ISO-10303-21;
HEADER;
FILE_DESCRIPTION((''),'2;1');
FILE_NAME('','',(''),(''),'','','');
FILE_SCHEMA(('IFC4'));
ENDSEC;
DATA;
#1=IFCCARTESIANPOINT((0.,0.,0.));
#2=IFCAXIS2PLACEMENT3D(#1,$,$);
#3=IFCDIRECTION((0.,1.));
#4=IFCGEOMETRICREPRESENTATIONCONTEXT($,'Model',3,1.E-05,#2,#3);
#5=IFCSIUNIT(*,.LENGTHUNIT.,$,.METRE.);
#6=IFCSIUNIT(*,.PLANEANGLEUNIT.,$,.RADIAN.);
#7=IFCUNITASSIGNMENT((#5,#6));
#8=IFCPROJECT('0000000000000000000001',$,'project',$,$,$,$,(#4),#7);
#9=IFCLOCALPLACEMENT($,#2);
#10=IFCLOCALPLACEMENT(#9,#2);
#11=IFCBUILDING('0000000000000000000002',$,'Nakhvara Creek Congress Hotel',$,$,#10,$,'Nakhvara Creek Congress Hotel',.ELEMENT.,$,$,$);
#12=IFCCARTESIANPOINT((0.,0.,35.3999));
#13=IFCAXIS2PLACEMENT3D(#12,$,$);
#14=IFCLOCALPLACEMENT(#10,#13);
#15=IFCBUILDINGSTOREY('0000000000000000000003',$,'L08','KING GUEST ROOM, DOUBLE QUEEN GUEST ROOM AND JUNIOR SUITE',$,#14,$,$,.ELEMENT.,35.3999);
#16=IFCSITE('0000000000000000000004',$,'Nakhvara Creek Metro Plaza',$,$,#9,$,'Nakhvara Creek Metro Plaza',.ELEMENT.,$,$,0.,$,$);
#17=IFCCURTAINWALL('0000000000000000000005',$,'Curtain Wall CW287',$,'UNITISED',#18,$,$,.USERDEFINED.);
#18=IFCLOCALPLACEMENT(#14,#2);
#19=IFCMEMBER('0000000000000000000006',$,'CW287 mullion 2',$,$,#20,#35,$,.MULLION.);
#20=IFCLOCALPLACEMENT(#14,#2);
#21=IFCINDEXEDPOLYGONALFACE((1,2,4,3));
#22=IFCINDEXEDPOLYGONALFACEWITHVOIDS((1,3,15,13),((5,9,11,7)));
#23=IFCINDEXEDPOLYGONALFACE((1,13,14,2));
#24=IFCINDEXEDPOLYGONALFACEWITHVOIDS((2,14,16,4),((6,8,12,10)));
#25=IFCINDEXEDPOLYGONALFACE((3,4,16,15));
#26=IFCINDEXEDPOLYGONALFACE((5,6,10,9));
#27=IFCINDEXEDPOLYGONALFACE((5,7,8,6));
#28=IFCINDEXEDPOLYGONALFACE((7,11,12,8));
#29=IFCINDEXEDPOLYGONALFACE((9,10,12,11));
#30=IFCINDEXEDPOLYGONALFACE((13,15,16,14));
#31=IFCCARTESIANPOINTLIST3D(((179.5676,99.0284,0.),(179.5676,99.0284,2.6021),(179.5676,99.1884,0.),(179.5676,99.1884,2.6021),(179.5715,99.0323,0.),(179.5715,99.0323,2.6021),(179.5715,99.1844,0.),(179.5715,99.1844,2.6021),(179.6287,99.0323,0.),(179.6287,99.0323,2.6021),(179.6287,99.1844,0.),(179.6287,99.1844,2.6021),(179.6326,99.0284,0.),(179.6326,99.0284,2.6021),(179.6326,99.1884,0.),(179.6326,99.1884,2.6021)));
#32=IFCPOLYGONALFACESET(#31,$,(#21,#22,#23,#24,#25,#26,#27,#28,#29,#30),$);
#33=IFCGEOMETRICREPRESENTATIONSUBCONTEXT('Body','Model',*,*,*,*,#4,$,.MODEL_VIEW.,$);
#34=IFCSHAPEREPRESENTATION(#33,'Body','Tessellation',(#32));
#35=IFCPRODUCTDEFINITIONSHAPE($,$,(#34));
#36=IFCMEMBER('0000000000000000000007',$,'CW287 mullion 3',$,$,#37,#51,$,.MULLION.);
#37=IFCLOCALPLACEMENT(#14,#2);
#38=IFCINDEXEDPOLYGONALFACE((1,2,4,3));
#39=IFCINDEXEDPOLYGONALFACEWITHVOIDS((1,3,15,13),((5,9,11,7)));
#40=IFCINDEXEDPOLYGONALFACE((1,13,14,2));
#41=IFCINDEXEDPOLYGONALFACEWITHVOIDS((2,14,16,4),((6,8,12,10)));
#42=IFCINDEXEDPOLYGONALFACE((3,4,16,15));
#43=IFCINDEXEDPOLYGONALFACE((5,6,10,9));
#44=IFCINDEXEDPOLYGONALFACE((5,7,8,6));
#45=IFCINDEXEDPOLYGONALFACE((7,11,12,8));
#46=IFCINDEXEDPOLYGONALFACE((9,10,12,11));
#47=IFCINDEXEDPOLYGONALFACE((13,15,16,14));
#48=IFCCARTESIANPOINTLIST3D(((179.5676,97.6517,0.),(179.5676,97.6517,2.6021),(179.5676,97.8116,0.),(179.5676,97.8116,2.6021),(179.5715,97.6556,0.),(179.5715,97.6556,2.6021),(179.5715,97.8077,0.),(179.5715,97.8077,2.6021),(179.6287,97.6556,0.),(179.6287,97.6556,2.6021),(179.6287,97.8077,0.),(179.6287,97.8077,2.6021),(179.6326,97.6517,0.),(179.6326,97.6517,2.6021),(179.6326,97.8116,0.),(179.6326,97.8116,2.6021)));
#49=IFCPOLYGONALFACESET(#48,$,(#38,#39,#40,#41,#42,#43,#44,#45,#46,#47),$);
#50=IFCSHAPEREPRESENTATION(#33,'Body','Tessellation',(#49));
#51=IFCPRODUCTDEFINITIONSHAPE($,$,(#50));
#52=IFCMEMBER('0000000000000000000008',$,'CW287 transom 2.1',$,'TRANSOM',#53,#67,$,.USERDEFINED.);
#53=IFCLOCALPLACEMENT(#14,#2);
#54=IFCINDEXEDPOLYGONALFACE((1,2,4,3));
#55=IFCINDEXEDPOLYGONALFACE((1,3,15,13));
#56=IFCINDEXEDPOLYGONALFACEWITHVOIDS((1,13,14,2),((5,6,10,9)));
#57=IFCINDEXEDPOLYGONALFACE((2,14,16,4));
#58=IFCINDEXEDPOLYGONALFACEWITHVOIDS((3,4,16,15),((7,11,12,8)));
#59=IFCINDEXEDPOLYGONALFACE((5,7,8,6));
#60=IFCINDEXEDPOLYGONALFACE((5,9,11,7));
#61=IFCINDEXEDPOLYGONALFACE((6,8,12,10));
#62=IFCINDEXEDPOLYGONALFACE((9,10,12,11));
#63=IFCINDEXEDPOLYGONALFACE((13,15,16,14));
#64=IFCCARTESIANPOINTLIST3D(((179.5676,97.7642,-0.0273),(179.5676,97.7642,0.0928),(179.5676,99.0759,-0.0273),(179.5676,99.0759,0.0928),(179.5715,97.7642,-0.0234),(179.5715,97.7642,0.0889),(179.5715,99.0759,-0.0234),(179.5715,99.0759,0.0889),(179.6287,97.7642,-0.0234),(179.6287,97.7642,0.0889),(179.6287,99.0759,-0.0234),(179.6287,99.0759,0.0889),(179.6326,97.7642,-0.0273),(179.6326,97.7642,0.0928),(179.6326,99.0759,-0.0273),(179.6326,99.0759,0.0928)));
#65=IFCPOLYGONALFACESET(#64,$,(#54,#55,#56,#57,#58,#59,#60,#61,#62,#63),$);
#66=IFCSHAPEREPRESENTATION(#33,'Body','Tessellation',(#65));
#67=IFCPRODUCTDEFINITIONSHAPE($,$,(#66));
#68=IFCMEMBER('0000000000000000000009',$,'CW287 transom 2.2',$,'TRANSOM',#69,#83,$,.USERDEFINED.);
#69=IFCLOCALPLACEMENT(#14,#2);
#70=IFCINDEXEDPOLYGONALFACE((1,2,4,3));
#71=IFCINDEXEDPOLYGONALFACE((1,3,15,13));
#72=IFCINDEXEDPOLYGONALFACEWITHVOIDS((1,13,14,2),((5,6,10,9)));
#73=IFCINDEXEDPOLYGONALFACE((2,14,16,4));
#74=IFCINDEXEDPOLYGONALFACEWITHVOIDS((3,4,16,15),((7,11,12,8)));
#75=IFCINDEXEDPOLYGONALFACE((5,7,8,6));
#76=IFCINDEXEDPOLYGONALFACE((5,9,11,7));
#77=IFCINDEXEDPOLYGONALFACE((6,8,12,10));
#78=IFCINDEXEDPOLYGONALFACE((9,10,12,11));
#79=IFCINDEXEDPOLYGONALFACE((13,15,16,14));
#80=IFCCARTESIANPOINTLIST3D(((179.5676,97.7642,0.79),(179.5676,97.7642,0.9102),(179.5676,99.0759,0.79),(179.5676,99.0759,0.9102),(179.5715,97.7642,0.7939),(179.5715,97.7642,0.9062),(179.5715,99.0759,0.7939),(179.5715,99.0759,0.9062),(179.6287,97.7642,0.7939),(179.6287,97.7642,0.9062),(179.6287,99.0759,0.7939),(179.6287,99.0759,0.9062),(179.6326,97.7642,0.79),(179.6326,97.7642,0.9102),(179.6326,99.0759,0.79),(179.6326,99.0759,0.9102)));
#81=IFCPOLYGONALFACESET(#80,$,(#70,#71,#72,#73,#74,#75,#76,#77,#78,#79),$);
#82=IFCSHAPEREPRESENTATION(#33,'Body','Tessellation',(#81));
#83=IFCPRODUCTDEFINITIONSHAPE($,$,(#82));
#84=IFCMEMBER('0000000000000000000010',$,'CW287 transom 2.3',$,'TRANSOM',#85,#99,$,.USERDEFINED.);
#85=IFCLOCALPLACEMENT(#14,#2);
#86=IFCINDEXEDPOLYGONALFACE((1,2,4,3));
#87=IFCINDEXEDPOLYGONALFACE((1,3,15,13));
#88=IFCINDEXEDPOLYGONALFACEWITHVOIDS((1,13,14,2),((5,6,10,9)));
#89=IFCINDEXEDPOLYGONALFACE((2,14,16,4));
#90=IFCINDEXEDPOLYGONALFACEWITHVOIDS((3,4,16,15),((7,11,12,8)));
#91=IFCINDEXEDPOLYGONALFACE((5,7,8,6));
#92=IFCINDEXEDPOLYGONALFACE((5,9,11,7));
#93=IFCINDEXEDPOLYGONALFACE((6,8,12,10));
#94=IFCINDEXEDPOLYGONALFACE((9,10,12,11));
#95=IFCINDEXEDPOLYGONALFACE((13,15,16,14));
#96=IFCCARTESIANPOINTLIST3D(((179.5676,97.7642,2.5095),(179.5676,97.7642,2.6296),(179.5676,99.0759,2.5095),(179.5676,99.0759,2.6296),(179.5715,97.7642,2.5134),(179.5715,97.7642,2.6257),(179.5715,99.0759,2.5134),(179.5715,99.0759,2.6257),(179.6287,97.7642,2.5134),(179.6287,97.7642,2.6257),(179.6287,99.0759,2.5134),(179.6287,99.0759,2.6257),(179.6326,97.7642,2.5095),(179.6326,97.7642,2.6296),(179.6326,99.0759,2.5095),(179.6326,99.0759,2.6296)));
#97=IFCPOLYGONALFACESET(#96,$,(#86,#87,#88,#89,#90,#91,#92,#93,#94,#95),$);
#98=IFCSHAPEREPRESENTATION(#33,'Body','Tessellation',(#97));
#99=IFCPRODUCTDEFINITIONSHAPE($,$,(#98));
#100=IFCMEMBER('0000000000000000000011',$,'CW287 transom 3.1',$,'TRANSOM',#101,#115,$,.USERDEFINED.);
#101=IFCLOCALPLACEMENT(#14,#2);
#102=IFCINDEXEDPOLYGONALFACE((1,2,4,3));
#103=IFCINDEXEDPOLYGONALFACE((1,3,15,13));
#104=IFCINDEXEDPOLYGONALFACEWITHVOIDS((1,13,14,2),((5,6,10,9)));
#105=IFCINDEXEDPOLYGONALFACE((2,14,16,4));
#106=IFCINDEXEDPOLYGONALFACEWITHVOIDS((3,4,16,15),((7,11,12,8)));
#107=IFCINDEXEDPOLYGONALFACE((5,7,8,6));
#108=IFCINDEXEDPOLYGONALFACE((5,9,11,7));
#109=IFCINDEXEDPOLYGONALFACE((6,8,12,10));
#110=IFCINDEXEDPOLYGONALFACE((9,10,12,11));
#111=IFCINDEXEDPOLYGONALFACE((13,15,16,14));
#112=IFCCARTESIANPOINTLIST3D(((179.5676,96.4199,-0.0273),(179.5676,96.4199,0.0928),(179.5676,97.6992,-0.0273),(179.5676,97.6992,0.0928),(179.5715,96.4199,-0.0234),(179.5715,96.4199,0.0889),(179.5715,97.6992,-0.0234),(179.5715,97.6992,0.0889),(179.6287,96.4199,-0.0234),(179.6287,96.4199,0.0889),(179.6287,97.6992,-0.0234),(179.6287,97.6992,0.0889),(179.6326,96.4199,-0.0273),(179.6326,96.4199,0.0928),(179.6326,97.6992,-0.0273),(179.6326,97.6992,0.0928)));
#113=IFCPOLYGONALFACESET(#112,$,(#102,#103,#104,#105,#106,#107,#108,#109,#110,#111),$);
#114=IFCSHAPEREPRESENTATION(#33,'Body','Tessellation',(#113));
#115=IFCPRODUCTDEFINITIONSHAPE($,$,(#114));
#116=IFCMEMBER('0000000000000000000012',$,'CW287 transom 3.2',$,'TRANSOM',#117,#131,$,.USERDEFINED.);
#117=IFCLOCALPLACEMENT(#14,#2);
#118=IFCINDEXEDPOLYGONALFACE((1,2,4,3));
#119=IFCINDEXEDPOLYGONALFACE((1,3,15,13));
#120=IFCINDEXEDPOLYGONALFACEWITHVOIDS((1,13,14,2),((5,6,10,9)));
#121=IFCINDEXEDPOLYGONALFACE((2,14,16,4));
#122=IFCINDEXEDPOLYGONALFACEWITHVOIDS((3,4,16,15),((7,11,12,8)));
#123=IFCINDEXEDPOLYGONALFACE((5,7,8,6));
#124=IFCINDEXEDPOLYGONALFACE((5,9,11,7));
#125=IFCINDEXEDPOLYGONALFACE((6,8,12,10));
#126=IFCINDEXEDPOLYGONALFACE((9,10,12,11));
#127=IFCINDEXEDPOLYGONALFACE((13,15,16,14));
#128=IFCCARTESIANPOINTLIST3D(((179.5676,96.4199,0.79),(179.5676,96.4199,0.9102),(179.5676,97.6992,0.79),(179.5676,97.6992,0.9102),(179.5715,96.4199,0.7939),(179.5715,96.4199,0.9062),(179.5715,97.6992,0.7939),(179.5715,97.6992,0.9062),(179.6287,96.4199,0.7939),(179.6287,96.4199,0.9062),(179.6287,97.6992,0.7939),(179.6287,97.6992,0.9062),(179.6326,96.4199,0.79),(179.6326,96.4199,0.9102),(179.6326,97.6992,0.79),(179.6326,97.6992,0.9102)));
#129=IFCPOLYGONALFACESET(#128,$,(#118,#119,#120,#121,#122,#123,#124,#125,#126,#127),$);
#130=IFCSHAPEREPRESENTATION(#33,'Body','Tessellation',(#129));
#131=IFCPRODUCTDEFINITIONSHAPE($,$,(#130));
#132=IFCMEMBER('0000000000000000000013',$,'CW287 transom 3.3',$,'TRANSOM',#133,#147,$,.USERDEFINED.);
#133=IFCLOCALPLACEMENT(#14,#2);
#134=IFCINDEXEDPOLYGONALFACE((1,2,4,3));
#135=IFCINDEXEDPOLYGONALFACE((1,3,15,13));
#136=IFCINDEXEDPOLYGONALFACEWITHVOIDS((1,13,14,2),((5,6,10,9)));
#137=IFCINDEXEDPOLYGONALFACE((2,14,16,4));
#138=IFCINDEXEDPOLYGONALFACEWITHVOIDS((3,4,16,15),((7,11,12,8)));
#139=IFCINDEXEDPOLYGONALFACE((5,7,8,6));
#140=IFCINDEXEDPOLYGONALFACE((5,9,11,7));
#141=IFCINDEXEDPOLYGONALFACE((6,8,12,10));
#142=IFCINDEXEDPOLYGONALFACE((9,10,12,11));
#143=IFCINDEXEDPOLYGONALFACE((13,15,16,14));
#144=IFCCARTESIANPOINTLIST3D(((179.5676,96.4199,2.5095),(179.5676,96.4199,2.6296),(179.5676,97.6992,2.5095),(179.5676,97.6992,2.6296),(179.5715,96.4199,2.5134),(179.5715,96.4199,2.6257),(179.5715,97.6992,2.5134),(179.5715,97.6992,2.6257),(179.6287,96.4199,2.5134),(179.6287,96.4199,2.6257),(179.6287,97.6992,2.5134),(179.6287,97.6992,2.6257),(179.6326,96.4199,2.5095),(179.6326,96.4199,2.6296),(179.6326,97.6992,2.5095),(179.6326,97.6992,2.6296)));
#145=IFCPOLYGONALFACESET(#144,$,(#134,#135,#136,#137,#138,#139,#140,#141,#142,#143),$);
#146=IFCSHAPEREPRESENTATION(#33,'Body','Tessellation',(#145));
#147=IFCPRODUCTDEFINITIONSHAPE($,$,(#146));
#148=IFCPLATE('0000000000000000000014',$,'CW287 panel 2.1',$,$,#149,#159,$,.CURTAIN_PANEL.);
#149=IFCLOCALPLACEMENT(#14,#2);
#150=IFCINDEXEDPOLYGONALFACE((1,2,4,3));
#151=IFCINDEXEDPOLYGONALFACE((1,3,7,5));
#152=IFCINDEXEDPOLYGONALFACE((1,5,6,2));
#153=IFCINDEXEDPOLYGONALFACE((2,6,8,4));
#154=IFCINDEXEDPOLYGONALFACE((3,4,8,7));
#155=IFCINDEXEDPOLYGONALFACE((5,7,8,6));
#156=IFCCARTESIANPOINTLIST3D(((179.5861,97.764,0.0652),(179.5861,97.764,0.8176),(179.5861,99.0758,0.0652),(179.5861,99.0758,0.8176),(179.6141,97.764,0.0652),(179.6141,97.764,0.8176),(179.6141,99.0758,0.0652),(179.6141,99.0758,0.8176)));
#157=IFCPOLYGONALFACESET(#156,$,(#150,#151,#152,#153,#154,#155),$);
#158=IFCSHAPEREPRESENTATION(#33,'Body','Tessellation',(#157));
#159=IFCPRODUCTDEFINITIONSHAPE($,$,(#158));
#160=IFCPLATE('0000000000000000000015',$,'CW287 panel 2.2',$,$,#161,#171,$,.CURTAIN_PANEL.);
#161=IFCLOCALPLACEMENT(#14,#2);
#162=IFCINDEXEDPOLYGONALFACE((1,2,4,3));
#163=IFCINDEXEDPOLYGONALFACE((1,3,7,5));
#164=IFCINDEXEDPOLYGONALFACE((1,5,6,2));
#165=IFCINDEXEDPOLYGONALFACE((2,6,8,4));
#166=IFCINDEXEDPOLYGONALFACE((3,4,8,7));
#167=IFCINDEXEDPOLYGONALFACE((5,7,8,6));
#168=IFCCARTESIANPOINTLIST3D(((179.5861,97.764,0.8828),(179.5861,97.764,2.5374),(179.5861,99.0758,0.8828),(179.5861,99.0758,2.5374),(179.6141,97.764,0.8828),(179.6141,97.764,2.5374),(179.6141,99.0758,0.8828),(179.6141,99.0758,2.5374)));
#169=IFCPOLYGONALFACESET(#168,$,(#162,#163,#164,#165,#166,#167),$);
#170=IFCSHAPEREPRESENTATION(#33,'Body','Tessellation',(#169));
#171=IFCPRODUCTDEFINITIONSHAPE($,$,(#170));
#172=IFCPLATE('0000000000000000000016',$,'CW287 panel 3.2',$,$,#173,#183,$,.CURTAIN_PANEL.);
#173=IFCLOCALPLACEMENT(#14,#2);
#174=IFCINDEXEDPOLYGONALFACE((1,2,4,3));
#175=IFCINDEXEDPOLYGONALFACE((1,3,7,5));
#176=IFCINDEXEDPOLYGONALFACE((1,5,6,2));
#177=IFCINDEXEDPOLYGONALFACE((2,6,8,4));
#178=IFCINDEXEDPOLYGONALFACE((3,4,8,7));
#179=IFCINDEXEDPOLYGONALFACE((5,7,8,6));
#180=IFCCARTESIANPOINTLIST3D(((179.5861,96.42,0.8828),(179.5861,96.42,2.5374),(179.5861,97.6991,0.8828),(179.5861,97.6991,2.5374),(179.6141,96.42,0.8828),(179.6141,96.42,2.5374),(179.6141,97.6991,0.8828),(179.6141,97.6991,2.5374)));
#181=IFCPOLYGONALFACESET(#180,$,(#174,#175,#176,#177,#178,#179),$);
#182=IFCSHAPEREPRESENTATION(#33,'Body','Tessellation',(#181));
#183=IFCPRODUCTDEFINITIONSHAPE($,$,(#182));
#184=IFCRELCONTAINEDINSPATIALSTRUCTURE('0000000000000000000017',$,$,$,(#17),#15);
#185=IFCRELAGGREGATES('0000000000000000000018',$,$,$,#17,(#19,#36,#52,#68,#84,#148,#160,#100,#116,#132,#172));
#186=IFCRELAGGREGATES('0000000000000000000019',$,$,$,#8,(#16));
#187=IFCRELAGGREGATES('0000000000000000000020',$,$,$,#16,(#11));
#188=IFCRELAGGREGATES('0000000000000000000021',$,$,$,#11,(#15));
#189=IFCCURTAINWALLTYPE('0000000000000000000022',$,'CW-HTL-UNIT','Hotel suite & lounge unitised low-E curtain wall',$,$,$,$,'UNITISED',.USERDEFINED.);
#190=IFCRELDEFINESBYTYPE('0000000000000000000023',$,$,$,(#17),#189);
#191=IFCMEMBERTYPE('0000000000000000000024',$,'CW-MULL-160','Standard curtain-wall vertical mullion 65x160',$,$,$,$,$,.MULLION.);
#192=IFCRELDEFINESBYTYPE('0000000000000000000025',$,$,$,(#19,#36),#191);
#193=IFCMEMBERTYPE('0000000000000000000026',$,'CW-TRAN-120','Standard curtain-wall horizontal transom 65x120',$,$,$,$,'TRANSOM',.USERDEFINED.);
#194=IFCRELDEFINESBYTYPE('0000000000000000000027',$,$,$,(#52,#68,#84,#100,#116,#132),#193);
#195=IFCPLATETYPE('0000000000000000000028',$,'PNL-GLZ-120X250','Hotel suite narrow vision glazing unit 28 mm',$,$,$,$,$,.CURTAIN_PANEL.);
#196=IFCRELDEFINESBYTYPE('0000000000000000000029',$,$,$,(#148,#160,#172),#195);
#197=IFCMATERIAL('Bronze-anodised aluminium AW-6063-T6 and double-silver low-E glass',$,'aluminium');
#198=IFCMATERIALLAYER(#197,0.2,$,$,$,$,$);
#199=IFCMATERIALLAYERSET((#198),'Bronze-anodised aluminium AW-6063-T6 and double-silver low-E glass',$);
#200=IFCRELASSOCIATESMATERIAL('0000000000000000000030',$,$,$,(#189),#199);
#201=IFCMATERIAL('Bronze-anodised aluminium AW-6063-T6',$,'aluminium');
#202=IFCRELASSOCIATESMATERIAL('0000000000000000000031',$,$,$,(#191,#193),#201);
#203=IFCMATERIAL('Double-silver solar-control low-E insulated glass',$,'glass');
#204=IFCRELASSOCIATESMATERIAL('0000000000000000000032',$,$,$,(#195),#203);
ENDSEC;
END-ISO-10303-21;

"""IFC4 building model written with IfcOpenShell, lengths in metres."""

from ifc_helpers import new_model, si_unit, direction, frame, origin, origin_2d, place, context, subcontext, project, spatial, rectangle, hollow_rectangle, extrude, material, layer, layer_set, material_profile, profile_set, type_object, element, aggregate, save


model = new_model("IFC4")

# Units and contexts
model_context = context("Model", 3, precision=1e-05, world=origin(), true_north=direction((0.0, 1.0)))
body_context = subcontext(model_context, "Body", "Model", "MODEL_VIEW")
ifc_project = project(units=[si_unit("LENGTHUNIT", "METRE"), si_unit("PLANEANGLEUNIT", "RADIAN")], contexts=[model_context])

# Site, building, storey
site_placement = place(None, origin())
site = spatial("IfcSite", under=ifc_project, at=site_placement, Name="Nakhvara Creek Metro Plaza", LongName="Nakhvara Creek Metro Plaza", CompositionType="ELEMENT", RefElevation=0.0)
building_placement = place(site_placement, origin())
building = spatial("IfcBuilding", under=site, at=building_placement, Name="Nakhvara Creek Congress Hotel", LongName="Nakhvara Creek Congress Hotel", CompositionType="ELEMENT")
storey_placement = place(building_placement, frame((0.0, 0.0, 35.3999)))
storey = spatial("IfcBuildingStorey", under=building, at=storey_placement, Name="L08", Description="KING GUEST ROOM, DOUBLE QUEEN GUEST ROOM AND JUNIOR SUITE", CompositionType="ELEMENT", Elevation=35.3999)

# Curtain wall, members, plates
ifc_material_1 = material(Name="Bronze-anodised aluminium AW-6063-T6 and double-silver low-E glass", Category="aluminium")
ifc_layer_1 = layer(ifc_material_1, 0.2)
ifc_layer_set_1 = layer_set([ifc_layer_1], Name="Bronze-anodised aluminium AW-6063-T6 and double-silver low-E glass")
curtain_wall_type = type_object("IfcCurtainWallType", Name="CW-HTL-UNIT", Description="Hotel suite & lounge unitised low-E curtain wall", ElementType="UNITISED", PredefinedType="USERDEFINED", material=ifc_layer_set_1)
curtain_wall_placement = place(storey_placement, origin())
curtain_wall = element("IfcCurtainWall", 1, at=curtain_wall_placement, inside=storey, type_object=curtain_wall_type, Name="Curtain Wall CW287", ObjectType="UNITISED", PredefinedType="USERDEFINED")
ifc_material_2 = material(Name="Bronze-anodised aluminium AW-6063-T6", Category="aluminium")
ifc_material_profile_1 = material_profile(ifc_material_2, hollow_rectangle(XDim=0.0649, YDim=0.1599, WallThickness=0.0039, at=origin_2d()), Name="ALU-MULL 65x160x4", Category="LoadBearing")
ifc_profile_set_1 = profile_set([ifc_material_profile_1], Name="Bronze-anodised aluminium AW-6063-T6")
member_type_1 = type_object("IfcMemberType", Name="CW-MULL-160", Description="Standard curtain-wall vertical mullion 65x160", PredefinedType="MULLION", material=ifc_profile_set_1)
member_1_placement = place(storey_placement, frame((179.6001, 99.1084, 0.0), z_axis=(0.0, 0.0, 1.0), x_axis=(1.0, 0.0, 0.0)))
member_1 = element("IfcMember", 2, at=member_1_placement, type_object=member_type_1, Name="CW287 mullion 2", PredefinedType="MULLION", context=body_context, shape_type="SweptSolid", body=[
    extrude(hollow_rectangle(XDim=0.0649, YDim=0.1599, WallThickness=0.0039, at=origin_2d()), origin(), (0.0, 0.0, 1.0), 2.6021),
])
member_2_placement = place(storey_placement, frame((179.6001, 97.7317, 0.0), z_axis=(0.0, 0.0, 1.0), x_axis=(1.0, 0.0, 0.0)))
member_2 = element("IfcMember", 3, at=member_2_placement, type_object=member_type_1, Name="CW287 mullion 3", PredefinedType="MULLION", context=body_context, shape_type="SweptSolid", body=[
    extrude(hollow_rectangle(XDim=0.0649, YDim=0.1599, WallThickness=0.0039, at=origin_2d()), origin(), (0.0, 0.0, 1.0), 2.6021),
])
ifc_material_profile_2 = material_profile(ifc_material_2, hollow_rectangle(XDim=0.0649, YDim=0.1201, WallThickness=0.0039, at=origin_2d()), Name="ALU-TRAN 65x120x4", Category="LoadBearing")
ifc_profile_set_2 = profile_set([ifc_material_profile_2], Name="Bronze-anodised aluminium AW-6063-T6")
member_type_2 = type_object("IfcMemberType", Name="CW-TRAN-120", Description="Standard curtain-wall horizontal transom 65x120", ElementType="TRANSOM", PredefinedType="USERDEFINED", material=ifc_profile_set_2)
member_3_placement = place(storey_placement, frame((179.6001, 99.0759, 0.0327), z_axis=(0.0, -1.0, 0.0), x_axis=(1.0, 0.0, 0.0)))
member_3 = element("IfcMember", 4, at=member_3_placement, type_object=member_type_2, Name="CW287 transom 2.1", ObjectType="TRANSOM", PredefinedType="USERDEFINED", context=body_context, shape_type="SweptSolid", body=[
    extrude(hollow_rectangle(XDim=0.0649, YDim=0.1201, WallThickness=0.0039, at=origin_2d()), origin(), (0.0, 0.0, 1.0), 1.3118),
])
member_4_placement = place(storey_placement, frame((179.6001, 99.0759, 0.8501), z_axis=(0.0, -1.0, 0.0), x_axis=(1.0, 0.0, 0.0)))
member_4 = element("IfcMember", 5, at=member_4_placement, type_object=member_type_2, Name="CW287 transom 2.2", ObjectType="TRANSOM", PredefinedType="USERDEFINED", context=body_context, shape_type="SweptSolid", body=[
    extrude(hollow_rectangle(XDim=0.0649, YDim=0.1201, WallThickness=0.0039, at=origin_2d()), origin(), (0.0, 0.0, 1.0), 1.3118),
])
member_5_placement = place(storey_placement, frame((179.6001, 99.0759, 2.5696), z_axis=(0.0, -1.0, 0.0), x_axis=(1.0, 0.0, 0.0)))
member_5 = element("IfcMember", 6, at=member_5_placement, type_object=member_type_2, Name="CW287 transom 2.3", ObjectType="TRANSOM", PredefinedType="USERDEFINED", context=body_context, shape_type="SweptSolid", body=[
    extrude(hollow_rectangle(XDim=0.0649, YDim=0.1201, WallThickness=0.0039, at=origin_2d()), origin(), (0.0, 0.0, 1.0), 1.3118),
])
member_6_placement = place(storey_placement, frame((179.6001, 97.6992, 0.0327), z_axis=(0.0, -1.0, 0.0), x_axis=(1.0, 0.0, 0.0)))
member_6 = element("IfcMember", 7, at=member_6_placement, type_object=member_type_2, Name="CW287 transom 3.1", ObjectType="TRANSOM", PredefinedType="USERDEFINED", context=body_context, shape_type="SweptSolid", body=[
    extrude(hollow_rectangle(XDim=0.0649, YDim=0.1201, WallThickness=0.0039, at=origin_2d()), origin(), (0.0, 0.0, 1.0), 1.2793),
])
member_7_placement = place(storey_placement, frame((179.6001, 97.6992, 0.8501), z_axis=(0.0, -1.0, 0.0), x_axis=(1.0, 0.0, 0.0)))
member_7 = element("IfcMember", 8, at=member_7_placement, type_object=member_type_2, Name="CW287 transom 3.2", ObjectType="TRANSOM", PredefinedType="USERDEFINED", context=body_context, shape_type="SweptSolid", body=[
    extrude(hollow_rectangle(XDim=0.0649, YDim=0.1201, WallThickness=0.0039, at=origin_2d()), origin(), (0.0, 0.0, 1.0), 1.2793),
])
member_8_placement = place(storey_placement, frame((179.6001, 97.6992, 2.5696), z_axis=(0.0, -1.0, 0.0), x_axis=(1.0, 0.0, 0.0)))
member_8 = element("IfcMember", 9, at=member_8_placement, type_object=member_type_2, Name="CW287 transom 3.3", ObjectType="TRANSOM", PredefinedType="USERDEFINED", context=body_context, shape_type="SweptSolid", body=[
    extrude(hollow_rectangle(XDim=0.0649, YDim=0.1201, WallThickness=0.0039, at=origin_2d()), origin(), (0.0, 0.0, 1.0), 1.2793),
])
ifc_material_3 = material(Name="Double-silver solar-control low-E insulated glass", Category="glass")
plate_type = type_object("IfcPlateType", Name="PNL-GLZ-120X250", Description="Hotel suite narrow vision glazing unit 28 mm", PredefinedType="CURTAIN_PANEL", material=ifc_material_3)
plate_1_placement = place(storey_placement, frame((179.6001, 98.4199, 0.0652), z_axis=(0.0, 0.0, 1.0), x_axis=(0.0, -1.0, 0.0)))
plate_1 = element("IfcPlate", 10, at=plate_1_placement, type_object=plate_type, Name="CW287 panel 2.1", PredefinedType="CURTAIN_PANEL", context=body_context, shape_type="SweptSolid", body=[
    extrude(rectangle(XDim=1.3118, YDim=0.0281, at=origin_2d()), origin(), (0.0, 0.0, 1.0), 0.7524),
])
plate_2_placement = place(storey_placement, frame((179.6001, 98.4199, 0.8828), z_axis=(0.0, 0.0, 1.0), x_axis=(0.0, -1.0, 0.0)))
plate_2 = element("IfcPlate", 11, at=plate_2_placement, type_object=plate_type, Name="CW287 panel 2.2", PredefinedType="CURTAIN_PANEL", context=body_context, shape_type="SweptSolid", body=[
    extrude(rectangle(XDim=1.3118, YDim=0.0281, at=origin_2d()), origin(), (0.0, 0.0, 1.0), 1.6545),
])
plate_3_placement = place(storey_placement, frame((179.6001, 97.0596, 0.8828), z_axis=(0.0, 0.0, 1.0), x_axis=(0.0, -1.0, 0.0)))
plate_3 = element("IfcPlate", 12, at=plate_3_placement, type_object=plate_type, Name="CW287 panel 3.2", PredefinedType="CURTAIN_PANEL", context=body_context, shape_type="SweptSolid", body=[
    extrude(rectangle(XDim=1.2791, YDim=0.0281, at=origin_2d()), origin(), (0.0, 0.0, 1.0), 1.6545),
])
aggregate(curtain_wall, [member_1, member_2, member_3, member_4, member_5, plate_1, plate_2, member_6, member_7, member_8, plate_3])

save(model, "model.ifc")
